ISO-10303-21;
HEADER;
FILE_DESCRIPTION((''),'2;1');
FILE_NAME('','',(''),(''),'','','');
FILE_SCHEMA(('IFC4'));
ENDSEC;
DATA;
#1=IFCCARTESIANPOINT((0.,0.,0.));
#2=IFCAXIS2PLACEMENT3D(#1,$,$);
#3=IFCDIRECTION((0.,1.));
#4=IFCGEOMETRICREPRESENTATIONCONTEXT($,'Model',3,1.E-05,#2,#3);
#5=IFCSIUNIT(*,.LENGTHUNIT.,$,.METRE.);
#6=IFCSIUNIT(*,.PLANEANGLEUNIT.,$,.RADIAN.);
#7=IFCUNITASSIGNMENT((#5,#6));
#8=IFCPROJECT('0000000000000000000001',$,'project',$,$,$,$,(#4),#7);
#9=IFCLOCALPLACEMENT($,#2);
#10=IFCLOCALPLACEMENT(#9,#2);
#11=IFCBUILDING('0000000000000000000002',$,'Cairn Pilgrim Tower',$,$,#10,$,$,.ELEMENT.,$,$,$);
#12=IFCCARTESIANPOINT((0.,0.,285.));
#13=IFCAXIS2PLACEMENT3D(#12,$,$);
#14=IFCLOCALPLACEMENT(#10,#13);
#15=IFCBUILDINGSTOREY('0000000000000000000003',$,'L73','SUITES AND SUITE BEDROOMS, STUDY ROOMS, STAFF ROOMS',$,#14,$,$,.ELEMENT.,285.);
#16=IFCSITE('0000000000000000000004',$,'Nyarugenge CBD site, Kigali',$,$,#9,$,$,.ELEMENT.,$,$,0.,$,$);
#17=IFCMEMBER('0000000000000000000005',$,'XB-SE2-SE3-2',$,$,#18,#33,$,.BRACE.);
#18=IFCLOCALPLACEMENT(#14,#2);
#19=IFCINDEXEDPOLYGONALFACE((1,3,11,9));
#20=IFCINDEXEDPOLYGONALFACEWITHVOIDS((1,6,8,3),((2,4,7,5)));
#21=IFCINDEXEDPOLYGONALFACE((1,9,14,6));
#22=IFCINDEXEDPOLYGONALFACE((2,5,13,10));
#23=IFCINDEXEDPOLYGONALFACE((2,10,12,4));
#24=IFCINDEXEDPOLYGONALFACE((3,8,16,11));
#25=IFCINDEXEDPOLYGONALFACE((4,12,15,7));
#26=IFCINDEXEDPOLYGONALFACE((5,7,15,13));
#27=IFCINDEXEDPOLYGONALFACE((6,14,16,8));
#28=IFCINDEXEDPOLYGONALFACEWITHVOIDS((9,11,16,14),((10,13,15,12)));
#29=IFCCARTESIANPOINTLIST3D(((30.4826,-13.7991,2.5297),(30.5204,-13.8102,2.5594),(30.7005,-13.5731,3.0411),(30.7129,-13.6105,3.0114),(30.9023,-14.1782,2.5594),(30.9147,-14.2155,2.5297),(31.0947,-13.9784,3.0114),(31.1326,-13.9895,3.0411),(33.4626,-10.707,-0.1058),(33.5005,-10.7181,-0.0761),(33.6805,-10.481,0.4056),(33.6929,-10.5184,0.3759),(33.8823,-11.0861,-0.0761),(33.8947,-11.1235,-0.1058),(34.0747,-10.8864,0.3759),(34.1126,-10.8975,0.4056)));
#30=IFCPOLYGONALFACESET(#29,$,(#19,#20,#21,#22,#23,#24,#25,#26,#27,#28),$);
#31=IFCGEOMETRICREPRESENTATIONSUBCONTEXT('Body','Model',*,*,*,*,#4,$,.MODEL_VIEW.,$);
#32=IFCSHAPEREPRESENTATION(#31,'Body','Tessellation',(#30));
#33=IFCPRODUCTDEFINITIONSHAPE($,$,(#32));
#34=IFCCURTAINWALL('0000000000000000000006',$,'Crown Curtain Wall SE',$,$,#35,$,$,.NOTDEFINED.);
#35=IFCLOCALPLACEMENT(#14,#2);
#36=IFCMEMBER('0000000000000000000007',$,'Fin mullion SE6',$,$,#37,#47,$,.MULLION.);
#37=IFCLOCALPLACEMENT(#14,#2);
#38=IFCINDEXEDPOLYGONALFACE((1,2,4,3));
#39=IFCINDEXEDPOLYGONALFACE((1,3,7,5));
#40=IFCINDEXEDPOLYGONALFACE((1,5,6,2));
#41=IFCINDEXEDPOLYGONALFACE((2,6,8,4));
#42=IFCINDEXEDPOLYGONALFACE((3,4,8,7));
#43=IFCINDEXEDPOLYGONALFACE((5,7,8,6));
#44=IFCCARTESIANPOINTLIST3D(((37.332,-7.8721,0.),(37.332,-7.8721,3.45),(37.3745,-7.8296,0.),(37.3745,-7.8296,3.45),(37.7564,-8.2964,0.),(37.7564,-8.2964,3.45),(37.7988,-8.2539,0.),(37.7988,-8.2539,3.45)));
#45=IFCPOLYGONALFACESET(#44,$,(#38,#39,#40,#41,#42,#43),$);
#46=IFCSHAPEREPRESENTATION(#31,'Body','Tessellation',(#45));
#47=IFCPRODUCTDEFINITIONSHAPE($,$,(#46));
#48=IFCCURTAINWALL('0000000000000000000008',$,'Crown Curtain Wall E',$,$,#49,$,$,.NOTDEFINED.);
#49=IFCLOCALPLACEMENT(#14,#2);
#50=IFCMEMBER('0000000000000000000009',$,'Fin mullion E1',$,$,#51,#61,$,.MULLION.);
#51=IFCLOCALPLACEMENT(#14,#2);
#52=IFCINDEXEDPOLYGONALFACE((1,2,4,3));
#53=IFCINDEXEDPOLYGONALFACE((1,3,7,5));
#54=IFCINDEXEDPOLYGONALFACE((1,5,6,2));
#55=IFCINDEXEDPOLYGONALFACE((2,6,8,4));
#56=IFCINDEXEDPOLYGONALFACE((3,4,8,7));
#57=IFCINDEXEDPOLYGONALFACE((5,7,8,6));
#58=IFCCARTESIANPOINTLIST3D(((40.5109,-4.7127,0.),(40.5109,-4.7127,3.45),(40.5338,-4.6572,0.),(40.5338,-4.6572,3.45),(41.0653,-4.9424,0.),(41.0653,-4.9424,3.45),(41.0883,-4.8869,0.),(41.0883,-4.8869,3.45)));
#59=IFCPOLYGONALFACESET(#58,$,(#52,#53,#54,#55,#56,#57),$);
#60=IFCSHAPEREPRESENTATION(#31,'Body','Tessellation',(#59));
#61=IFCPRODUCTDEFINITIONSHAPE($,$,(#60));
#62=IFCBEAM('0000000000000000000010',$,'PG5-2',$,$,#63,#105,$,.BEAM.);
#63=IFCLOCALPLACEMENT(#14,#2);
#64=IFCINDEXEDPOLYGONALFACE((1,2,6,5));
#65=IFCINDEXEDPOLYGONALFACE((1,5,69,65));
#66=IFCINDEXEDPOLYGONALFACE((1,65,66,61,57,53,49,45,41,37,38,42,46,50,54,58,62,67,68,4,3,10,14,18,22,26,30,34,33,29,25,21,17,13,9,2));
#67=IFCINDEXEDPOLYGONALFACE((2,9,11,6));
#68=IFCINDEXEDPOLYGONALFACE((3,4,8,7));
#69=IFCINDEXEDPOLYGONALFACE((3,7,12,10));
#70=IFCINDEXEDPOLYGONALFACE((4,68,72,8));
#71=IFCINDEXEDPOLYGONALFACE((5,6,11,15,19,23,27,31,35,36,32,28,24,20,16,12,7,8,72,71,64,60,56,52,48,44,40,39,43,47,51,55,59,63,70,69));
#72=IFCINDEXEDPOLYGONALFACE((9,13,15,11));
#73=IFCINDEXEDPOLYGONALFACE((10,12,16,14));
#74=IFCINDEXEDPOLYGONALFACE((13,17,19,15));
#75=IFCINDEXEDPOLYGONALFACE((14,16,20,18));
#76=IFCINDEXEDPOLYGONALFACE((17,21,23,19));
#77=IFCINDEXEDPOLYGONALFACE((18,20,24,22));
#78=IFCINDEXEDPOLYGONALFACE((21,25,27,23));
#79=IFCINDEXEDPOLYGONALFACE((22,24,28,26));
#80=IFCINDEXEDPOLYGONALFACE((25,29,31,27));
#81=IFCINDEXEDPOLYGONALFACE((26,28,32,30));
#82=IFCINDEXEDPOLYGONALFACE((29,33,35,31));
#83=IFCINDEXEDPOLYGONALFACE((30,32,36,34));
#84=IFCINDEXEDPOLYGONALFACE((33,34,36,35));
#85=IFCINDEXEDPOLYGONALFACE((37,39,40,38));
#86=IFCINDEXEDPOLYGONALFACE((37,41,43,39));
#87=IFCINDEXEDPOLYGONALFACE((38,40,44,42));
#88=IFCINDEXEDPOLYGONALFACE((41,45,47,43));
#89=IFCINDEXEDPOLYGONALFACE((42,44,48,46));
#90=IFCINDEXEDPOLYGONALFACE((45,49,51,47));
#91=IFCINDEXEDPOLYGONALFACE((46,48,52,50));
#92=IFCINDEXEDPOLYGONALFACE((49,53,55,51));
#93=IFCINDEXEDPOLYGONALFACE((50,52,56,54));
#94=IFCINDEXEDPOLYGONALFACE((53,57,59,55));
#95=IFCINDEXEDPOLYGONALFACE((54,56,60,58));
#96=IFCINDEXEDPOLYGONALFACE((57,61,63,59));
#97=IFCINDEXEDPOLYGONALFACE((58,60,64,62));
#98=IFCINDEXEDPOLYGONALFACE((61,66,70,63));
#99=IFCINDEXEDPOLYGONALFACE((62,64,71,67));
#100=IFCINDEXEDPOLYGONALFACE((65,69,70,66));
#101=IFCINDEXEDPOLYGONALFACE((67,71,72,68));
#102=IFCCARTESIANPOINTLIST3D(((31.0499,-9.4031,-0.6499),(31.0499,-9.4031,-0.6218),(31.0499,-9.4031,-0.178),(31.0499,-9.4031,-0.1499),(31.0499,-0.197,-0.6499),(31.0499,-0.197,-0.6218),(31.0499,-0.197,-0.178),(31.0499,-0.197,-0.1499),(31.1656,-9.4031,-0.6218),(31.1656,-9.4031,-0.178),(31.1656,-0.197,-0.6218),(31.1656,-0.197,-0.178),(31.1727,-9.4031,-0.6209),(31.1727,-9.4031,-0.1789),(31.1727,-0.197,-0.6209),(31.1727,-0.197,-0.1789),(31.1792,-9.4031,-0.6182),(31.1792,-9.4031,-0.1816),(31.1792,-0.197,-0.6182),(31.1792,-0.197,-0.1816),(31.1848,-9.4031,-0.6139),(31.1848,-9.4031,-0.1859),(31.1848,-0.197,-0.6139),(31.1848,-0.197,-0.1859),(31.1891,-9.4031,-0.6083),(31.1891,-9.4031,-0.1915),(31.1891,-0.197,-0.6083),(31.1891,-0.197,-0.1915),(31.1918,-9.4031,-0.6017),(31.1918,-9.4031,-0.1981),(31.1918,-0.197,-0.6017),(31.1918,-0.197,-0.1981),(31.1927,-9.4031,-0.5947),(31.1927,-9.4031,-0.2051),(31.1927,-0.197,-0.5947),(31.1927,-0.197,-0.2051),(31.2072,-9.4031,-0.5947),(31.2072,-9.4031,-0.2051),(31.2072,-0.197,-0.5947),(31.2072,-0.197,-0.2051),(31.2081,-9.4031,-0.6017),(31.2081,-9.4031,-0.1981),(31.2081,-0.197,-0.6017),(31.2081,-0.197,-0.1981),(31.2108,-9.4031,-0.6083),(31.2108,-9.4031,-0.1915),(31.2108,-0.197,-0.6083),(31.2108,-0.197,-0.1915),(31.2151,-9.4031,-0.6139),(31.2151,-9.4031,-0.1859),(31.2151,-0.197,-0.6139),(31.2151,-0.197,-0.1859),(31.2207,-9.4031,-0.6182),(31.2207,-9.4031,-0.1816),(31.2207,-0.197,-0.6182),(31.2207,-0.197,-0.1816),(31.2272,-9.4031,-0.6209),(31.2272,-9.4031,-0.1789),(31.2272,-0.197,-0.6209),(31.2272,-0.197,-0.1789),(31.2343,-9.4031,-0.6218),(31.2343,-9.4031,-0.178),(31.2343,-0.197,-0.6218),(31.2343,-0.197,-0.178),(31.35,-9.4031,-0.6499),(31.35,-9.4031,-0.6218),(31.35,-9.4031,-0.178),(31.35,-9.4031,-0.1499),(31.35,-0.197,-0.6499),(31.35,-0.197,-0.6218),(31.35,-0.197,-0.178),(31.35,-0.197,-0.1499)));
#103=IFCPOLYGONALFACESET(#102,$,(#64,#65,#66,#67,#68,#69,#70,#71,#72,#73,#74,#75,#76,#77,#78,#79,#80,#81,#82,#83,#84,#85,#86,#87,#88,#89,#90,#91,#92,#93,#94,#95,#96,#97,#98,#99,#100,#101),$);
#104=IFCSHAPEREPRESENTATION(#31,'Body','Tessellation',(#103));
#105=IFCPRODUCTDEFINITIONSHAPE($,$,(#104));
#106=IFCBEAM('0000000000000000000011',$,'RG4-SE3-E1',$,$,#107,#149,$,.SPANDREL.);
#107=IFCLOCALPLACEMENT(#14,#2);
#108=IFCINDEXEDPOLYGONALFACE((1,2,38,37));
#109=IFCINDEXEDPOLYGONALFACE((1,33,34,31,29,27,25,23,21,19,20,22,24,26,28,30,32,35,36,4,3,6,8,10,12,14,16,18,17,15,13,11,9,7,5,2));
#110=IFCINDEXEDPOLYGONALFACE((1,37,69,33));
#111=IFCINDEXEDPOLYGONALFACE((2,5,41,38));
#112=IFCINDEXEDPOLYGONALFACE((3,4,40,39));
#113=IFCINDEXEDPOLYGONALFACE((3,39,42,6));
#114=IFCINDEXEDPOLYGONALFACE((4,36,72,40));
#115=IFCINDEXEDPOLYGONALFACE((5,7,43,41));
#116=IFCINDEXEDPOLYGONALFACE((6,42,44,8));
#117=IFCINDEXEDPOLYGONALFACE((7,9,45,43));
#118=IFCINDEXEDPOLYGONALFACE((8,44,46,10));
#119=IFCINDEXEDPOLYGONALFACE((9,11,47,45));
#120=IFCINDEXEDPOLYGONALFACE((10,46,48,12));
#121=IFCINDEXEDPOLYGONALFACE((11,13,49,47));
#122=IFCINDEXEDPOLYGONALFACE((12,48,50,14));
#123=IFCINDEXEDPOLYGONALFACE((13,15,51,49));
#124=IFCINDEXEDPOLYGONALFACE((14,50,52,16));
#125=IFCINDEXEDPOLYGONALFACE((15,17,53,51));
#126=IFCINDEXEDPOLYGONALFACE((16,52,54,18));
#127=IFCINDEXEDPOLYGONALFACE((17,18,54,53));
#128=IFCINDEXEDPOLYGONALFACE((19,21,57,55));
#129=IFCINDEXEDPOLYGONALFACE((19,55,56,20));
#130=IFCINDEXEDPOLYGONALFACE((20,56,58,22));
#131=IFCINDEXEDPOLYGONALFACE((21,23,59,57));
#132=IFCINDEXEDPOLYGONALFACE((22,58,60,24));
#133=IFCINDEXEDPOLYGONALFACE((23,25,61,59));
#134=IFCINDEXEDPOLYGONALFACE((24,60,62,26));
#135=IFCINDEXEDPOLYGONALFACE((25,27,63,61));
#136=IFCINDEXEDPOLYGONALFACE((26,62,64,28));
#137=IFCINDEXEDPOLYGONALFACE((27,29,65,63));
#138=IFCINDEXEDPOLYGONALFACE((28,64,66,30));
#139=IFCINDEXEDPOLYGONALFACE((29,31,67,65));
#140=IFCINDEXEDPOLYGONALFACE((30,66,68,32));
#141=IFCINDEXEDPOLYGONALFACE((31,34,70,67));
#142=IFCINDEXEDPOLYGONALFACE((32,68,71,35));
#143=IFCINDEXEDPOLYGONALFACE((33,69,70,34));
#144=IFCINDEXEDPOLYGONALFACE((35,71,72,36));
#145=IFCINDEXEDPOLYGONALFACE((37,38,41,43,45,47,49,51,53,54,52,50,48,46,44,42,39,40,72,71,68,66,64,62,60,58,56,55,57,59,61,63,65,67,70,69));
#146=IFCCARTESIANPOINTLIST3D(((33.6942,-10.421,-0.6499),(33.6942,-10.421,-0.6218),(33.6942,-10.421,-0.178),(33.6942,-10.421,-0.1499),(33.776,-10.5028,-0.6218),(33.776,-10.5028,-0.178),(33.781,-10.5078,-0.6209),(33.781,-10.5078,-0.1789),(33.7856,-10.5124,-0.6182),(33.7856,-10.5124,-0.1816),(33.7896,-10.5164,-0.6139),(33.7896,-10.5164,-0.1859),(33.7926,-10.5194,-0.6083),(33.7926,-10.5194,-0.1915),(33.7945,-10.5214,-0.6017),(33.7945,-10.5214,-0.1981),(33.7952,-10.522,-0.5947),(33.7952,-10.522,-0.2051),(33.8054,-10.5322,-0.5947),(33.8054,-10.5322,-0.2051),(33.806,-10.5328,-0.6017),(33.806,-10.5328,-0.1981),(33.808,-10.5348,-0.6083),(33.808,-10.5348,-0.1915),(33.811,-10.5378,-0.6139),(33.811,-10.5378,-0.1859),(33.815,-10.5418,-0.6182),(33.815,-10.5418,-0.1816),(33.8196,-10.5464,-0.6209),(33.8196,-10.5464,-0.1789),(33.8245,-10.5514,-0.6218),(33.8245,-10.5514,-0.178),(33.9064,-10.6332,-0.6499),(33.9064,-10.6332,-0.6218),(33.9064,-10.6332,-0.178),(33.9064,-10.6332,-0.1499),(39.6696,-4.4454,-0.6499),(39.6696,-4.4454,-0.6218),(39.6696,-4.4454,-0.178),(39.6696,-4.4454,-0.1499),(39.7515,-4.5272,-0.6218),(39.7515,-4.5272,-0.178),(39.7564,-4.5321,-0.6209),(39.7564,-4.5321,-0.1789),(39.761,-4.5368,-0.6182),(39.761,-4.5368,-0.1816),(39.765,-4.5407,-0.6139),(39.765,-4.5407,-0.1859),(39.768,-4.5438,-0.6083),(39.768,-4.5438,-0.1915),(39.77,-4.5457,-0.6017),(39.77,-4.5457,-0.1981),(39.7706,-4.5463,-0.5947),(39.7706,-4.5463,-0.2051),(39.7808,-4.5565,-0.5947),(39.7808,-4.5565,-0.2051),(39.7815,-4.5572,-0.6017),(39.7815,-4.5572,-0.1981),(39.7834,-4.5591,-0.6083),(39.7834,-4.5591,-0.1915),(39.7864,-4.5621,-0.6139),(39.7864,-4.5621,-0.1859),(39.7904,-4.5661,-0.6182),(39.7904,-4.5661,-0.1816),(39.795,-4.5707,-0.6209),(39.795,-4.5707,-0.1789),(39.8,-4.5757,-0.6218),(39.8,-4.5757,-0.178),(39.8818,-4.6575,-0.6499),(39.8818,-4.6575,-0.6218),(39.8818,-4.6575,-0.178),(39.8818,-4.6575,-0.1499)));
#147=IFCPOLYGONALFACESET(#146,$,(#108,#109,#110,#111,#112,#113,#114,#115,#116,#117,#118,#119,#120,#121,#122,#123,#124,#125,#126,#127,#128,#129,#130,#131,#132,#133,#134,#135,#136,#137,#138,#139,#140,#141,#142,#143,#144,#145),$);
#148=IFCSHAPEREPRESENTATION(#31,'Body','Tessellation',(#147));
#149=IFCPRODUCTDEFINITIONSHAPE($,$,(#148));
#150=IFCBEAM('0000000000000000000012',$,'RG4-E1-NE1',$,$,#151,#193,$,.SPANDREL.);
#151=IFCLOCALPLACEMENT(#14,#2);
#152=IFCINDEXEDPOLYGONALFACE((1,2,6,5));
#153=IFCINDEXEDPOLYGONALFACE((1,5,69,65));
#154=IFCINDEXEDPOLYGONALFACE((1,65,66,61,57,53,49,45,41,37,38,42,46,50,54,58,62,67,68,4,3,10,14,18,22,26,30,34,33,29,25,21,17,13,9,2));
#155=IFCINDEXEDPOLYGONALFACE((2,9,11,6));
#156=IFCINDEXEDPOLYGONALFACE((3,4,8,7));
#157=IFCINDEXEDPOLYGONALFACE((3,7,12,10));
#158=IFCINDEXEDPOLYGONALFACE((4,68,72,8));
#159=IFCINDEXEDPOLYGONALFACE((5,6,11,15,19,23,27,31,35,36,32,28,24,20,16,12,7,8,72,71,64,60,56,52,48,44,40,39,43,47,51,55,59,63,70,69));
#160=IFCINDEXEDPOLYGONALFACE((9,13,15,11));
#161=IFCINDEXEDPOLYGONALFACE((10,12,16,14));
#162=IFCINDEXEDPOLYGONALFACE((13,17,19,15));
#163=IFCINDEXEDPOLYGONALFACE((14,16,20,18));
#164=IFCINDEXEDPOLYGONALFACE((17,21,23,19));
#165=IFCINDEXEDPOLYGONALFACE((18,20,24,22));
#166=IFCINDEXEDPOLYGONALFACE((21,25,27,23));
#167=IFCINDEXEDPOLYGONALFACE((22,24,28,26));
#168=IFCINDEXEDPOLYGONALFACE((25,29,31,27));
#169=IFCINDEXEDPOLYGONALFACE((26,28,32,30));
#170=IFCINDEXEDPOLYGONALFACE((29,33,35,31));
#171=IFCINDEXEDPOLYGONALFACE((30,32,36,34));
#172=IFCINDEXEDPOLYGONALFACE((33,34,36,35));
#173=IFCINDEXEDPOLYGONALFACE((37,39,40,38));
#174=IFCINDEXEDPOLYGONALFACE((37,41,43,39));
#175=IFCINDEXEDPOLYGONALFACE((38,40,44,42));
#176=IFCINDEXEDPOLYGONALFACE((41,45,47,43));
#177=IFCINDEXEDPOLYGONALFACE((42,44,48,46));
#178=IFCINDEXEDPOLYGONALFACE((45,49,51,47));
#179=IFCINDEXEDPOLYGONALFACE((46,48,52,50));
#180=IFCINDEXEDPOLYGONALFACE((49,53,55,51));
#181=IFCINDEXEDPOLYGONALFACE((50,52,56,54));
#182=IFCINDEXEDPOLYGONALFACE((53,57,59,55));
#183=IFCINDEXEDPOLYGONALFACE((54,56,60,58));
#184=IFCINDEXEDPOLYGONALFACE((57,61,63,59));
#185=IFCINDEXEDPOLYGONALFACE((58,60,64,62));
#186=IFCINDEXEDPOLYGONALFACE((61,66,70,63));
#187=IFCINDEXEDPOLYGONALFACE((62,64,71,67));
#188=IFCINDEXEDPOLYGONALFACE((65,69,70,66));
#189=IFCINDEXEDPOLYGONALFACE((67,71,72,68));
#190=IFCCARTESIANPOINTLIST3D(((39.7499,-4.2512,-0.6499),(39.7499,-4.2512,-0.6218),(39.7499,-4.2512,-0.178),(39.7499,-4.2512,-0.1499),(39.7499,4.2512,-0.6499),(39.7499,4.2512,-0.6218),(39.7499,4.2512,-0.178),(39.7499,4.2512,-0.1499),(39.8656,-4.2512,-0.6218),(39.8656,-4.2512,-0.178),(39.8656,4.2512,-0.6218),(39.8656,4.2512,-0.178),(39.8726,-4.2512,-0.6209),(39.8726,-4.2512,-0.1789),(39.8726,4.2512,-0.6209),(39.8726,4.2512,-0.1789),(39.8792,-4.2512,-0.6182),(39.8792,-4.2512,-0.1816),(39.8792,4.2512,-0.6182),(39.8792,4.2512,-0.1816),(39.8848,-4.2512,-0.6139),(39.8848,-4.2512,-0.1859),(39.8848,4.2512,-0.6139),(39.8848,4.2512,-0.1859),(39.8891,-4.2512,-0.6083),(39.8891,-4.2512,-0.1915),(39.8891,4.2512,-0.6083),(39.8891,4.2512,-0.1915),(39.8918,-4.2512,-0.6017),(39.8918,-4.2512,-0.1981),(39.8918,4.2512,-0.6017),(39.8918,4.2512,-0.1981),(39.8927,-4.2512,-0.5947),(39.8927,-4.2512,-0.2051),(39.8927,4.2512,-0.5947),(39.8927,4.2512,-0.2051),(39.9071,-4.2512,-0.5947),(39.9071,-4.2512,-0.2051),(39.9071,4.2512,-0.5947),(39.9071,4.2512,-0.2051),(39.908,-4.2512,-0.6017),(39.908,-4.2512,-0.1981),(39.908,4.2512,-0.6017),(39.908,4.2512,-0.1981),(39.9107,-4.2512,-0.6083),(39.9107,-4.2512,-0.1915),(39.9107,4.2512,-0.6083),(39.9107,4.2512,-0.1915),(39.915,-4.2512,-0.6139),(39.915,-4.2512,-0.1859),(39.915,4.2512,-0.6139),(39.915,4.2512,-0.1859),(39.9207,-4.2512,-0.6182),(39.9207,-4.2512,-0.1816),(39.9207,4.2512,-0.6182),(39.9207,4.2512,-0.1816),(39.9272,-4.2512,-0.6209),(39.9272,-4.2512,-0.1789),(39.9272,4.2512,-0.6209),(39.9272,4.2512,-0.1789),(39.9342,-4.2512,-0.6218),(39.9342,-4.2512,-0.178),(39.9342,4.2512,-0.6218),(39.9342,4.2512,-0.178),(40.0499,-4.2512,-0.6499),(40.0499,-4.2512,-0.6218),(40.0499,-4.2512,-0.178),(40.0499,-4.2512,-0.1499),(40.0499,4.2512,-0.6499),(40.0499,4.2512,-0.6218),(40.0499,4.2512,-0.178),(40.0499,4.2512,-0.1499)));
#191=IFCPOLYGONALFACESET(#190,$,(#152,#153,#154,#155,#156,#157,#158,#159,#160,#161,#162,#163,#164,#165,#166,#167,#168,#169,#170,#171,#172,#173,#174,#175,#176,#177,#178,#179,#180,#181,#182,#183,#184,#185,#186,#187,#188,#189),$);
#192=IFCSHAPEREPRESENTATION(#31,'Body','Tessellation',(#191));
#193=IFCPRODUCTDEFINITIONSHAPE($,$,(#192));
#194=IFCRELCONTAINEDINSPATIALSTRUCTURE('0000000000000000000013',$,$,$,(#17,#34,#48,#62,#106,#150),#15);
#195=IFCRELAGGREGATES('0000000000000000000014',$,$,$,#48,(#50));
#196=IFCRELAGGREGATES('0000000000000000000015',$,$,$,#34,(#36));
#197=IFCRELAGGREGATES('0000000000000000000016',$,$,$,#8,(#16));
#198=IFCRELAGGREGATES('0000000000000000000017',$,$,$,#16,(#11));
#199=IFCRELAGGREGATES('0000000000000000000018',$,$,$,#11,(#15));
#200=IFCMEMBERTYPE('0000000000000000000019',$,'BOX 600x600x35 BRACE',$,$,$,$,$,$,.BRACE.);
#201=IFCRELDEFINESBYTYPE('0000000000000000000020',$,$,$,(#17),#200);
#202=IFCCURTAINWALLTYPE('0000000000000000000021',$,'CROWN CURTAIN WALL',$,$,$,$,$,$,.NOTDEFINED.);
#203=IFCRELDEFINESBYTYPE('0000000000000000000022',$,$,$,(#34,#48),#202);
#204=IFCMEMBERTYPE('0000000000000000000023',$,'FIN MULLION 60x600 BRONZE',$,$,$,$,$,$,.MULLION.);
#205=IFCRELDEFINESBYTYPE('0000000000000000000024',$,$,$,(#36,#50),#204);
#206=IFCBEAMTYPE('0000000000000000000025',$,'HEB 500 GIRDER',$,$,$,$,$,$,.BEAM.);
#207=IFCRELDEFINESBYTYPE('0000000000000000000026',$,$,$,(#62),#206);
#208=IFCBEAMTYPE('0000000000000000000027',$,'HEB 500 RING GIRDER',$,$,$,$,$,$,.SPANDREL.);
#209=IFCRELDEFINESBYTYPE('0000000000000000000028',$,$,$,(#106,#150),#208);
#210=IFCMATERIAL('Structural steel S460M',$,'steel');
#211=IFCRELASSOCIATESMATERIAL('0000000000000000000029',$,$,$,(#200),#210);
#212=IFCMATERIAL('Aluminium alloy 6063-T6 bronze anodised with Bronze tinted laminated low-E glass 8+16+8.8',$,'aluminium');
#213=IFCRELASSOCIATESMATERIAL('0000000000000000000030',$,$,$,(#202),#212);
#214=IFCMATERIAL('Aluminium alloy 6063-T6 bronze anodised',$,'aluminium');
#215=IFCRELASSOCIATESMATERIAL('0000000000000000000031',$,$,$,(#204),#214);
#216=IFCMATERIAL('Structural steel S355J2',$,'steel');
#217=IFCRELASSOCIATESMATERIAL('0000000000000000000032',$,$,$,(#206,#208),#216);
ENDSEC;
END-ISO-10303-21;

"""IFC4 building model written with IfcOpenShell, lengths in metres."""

from ifc_helpers import new_model, si_unit, direction, frame, origin, origin_2d, place, context, subcontext, project, spatial, rectangle, hollow_rectangle, i_section, extrude, material, material_profile, profile_set, type_object, element, aggregate, save


model = new_model("IFC4")

# Units and contexts
model_context = context("Model", 3, precision=1e-05, world=origin(), true_north=direction((0.0, 1.0)))
body_context = subcontext(model_context, "Body", "Model", "MODEL_VIEW")
ifc_project = project(units=[si_unit("LENGTHUNIT", "METRE"), si_unit("PLANEANGLEUNIT", "RADIAN")], contexts=[model_context])

# Site, building, storey
site_placement = place(None, origin())
site = spatial("IfcSite", under=ifc_project, at=site_placement, Name="Nyarugenge CBD site, Kigali", CompositionType="ELEMENT", RefElevation=0.0)
building_placement = place(site_placement, origin())
building = spatial("IfcBuilding", under=site, at=building_placement, Name="Cairn Pilgrim Tower", CompositionType="ELEMENT")
storey_placement = place(building_placement, frame((0.0, 0.0, 285.0)))
storey = spatial("IfcBuildingStorey", under=building, at=storey_placement, Name="L73", Description="SUITES AND SUITE BEDROOMS, STUDY ROOMS, STAFF ROOMS", CompositionType="ELEMENT", Elevation=285.0)

# Shared definitions
ifc_material_1 = material(Name="Structural steel S355J2", Category="steel")

# Member
ifc_material_2 = material(Name="Structural steel S460M", Category="steel")
ifc_material_profile_1 = material_profile(ifc_material_2, hollow_rectangle(XDim=0.6001, YDim=0.6001, WallThickness=0.0349, at=origin_2d()), Name="BOX 600x600x35")
ifc_profile_set_1 = profile_set([ifc_material_profile_1], Name="Structural steel S460M")
member_type_1 = type_object("IfcMemberType", Name="BOX 600x600x35 BRACE", PredefinedType="BRACE", material=ifc_profile_set_1)
member_1_placement = place(storey_placement, frame((33.7876, -10.8022, 0.1499), z_axis=(-0.591438, -0.613678, 0.523068), x_axis=(0.720034, -0.693939, 0.0)))
element("IfcMember", 1, at=member_1_placement, inside=storey, type_object=member_type_1, Name="XB-SE2-SE3-2", PredefinedType="BRACE", context=body_context, shape_type="SweptSolid", body=[
    extrude(hollow_rectangle(XDim=0.6001, YDim=0.6001, WallThickness=0.0349, at=origin_2d()), origin(), (0.0, 0.0, 1.0), 5.0386),
])

# Curtain walls, members
ifc_material_3 = material(Name="Aluminium alloy 6063-T6 bronze anodised with Bronze tinted laminated low-E glass 8+16+8.8", Category="aluminium")
curtain_wall_type = type_object("IfcCurtainWallType", Name="CROWN CURTAIN WALL", PredefinedType="NOTDEFINED", material=ifc_material_3)
curtain_wall_1_placement = place(storey_placement, origin())
curtain_wall_1 = element("IfcCurtainWall", 2, at=curtain_wall_1_placement, inside=storey, type_object=curtain_wall_type, Name="Crown Curtain Wall SE", PredefinedType="NOTDEFINED")
ifc_material_4 = material(Name="Aluminium alloy 6063-T6 bronze anodised", Category="aluminium")
ifc_material_profile_2 = material_profile(ifc_material_4, rectangle(XDim=0.6001, YDim=0.0601, at=origin_2d()), Name="FIN MULLION 60x600 BRONZE")
ifc_profile_set_2 = profile_set([ifc_material_profile_2], Name="Aluminium alloy 6063-T6 bronze anodised")
member_type_2 = type_object("IfcMemberType", Name="FIN MULLION 60x600 BRONZE", PredefinedType="MULLION", material=ifc_profile_set_2)
member_2_placement = place(storey_placement, frame((37.5654, -8.063, 0.0), z_axis=(0.0, 0.0, 1.0), x_axis=(0.707107, -0.707107, 0.0)))
member_2 = element("IfcMember", 3, at=member_2_placement, type_object=member_type_2, Name="Fin mullion SE6", PredefinedType="MULLION", context=body_context, shape_type="SweptSolid", body=[
    extrude(rectangle(XDim=0.6001, YDim=0.0601, at=origin_2d()), origin(), (0.0, 0.0, 1.0), 3.45),
])
curtain_wall_2_placement = place(storey_placement, origin())
curtain_wall_2 = element("IfcCurtainWall", 4, at=curtain_wall_2_placement, inside=storey, type_object=curtain_wall_type, Name="Crown Curtain Wall E", PredefinedType="NOTDEFINED")
member_3_placement = place(storey_placement, frame((40.7996, -4.7998, 0.0), z_axis=(0.0, 0.0, 1.0), x_axis=(0.92388, -0.382683, 0.0)))
member_3 = element("IfcMember", 5, at=member_3_placement, type_object=member_type_2, Name="Fin mullion E1", PredefinedType="MULLION", context=body_context, shape_type="SweptSolid", body=[
    extrude(rectangle(XDim=0.6001, YDim=0.0601, at=origin_2d()), origin(), (0.0, 0.0, 1.0), 3.45),
])
aggregate(curtain_wall_2, [member_3])

# Beams
ifc_material_profile_3 = material_profile(ifc_material_1, i_section(OverallWidth=0.3, OverallDepth=0.5, WebThickness=0.0144, FlangeThickness=0.0281, FilletRadius=0.0271, at=origin_2d()), Name="HEB 500")
ifc_profile_set_3 = profile_set([ifc_material_profile_3], Name="Structural steel S355J2")
beam_type_1 = type_object("IfcBeamType", Name="HEB 500 GIRDER", PredefinedType="BEAM", material=ifc_profile_set_3)
beam_1_placement = place(storey_placement, frame((31.2, -9.4031, -0.3999), z_axis=(0.0, 1.0, 0.0), x_axis=(-1.0, 0.0, 0.0)))
element("IfcBeam", 6, at=beam_1_placement, inside=storey, type_object=beam_type_1, Name="PG5-2", PredefinedType="BEAM", context=body_context, shape_type="SweptSolid", body=[
    extrude(i_section(OverallWidth=0.3, OverallDepth=0.5, WebThickness=0.0144, FlangeThickness=0.0281, FilletRadius=0.0271, at=origin_2d()), origin(), (0.0, 0.0, 1.0), 9.2061),
])
ifc_material_profile_4 = material_profile(ifc_material_1, i_section(OverallWidth=0.3, OverallDepth=0.5, WebThickness=0.0144, FlangeThickness=0.0281, FilletRadius=0.0271, at=origin_2d()), Name="HEB 500")
ifc_profile_set_4 = profile_set([ifc_material_profile_4], Name="Structural steel S355J2")
beam_type_2 = type_object("IfcBeamType", Name="HEB 500 RING GIRDER", PredefinedType="SPANDREL", material=ifc_profile_set_4)
beam_2_placement = place(storey_placement, frame((33.8003, -10.5271, -0.3999), z_axis=(0.707092, 0.707121, 0.0), x_axis=(-0.707121, 0.707092, 0.0)))
element("IfcBeam", 7, at=beam_2_placement, inside=storey, type_object=beam_type_2, Name="RG4-SE3-E1", PredefinedType="SPANDREL", context=body_context, shape_type="SweptSolid", body=[
    extrude(i_section(OverallWidth=0.3, OverallDepth=0.5, WebThickness=0.0144, FlangeThickness=0.0281, FilletRadius=0.0271, at=origin_2d()), origin(), (0.0, 0.0, 1.0), 8.4507),
])
beam_3_placement = place(storey_placement, frame((39.8999, -4.2512, -0.3999), z_axis=(0.0, 1.0, 0.0), x_axis=(-1.0, 0.0, 0.0)))
element("IfcBeam", 8, at=beam_3_placement, inside=storey, type_object=beam_type_2, Name="RG4-E1-NE1", PredefinedType="SPANDREL", context=body_context, shape_type="SweptSolid", body=[
    extrude(i_section(OverallWidth=0.3, OverallDepth=0.5, WebThickness=0.0144, FlangeThickness=0.0281, FilletRadius=0.0271, at=origin_2d()), origin(), (0.0, 0.0, 1.0), 8.5024),
])

aggregate(curtain_wall_1, [member_2])

save(model, "model.ifc")
